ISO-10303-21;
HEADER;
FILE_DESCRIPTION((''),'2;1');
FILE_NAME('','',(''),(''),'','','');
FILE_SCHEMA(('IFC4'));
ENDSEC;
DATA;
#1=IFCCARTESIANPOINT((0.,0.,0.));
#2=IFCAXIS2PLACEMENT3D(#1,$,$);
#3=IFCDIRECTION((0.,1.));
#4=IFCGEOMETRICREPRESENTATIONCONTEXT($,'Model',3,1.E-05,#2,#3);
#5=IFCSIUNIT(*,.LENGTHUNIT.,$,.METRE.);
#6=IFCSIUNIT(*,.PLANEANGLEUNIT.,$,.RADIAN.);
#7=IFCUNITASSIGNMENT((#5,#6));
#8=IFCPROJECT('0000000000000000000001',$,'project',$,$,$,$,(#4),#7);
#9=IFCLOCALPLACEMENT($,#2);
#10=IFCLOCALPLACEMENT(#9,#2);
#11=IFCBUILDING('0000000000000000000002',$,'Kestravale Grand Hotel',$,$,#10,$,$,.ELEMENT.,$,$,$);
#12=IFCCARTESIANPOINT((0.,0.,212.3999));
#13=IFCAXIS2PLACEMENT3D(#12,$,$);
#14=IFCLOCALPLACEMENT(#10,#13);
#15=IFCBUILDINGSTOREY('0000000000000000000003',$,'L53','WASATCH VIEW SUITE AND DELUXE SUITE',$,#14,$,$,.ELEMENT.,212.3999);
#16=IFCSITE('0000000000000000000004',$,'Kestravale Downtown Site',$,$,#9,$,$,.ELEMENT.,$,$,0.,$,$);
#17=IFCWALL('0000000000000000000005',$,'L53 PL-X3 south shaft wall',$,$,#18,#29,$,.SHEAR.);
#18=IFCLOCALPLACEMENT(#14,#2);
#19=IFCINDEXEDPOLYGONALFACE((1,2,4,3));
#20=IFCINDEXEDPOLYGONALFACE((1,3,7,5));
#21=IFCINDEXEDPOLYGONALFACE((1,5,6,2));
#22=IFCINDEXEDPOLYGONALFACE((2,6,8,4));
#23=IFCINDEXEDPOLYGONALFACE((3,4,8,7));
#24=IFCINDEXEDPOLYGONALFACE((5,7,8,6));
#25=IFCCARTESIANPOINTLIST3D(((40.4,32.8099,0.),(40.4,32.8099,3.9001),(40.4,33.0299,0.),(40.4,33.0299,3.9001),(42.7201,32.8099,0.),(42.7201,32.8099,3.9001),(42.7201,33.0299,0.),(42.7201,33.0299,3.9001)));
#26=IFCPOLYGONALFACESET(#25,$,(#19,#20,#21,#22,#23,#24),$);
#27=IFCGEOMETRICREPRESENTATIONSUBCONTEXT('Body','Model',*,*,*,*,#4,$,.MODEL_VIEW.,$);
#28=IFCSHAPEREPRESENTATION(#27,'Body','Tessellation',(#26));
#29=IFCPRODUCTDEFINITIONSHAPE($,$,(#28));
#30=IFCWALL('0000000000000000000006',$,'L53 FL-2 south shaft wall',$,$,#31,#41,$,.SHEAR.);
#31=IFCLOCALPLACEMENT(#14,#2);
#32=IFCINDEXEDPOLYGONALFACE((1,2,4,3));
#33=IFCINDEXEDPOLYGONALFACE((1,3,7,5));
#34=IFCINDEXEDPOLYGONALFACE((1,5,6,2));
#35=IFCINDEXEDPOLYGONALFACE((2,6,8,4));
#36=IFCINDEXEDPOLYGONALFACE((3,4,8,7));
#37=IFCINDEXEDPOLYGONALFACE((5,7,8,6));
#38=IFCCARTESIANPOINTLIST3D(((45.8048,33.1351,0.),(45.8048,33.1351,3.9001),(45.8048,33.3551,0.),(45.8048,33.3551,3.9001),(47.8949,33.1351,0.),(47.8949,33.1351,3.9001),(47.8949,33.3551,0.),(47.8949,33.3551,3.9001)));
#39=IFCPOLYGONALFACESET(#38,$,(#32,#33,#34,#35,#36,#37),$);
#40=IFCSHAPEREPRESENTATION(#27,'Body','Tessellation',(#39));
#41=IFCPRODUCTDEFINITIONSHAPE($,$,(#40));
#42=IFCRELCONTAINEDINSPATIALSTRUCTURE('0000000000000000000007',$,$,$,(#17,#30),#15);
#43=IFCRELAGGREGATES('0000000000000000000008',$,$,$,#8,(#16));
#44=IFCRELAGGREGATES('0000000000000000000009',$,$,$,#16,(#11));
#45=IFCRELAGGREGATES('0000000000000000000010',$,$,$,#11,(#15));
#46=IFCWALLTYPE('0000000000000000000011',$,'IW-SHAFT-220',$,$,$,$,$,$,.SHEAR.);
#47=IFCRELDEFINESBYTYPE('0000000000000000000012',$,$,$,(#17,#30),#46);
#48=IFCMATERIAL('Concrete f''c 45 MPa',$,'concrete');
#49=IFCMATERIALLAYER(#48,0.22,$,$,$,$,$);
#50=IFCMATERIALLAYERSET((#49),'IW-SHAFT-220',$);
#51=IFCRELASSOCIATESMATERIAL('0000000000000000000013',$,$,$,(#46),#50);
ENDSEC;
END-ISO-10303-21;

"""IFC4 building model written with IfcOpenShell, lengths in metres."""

from ifc_helpers import new_model, si_unit, direction, frame, frame_2d, origin, place, context, subcontext, project, spatial, rectangle, extrude, material, layer, layer_set, type_object, element, save


model = new_model("IFC4")

# Units and contexts
model_context = context("Model", 3, precision=1e-05, world=origin(), true_north=direction((0.0, 1.0)))
body_context = subcontext(model_context, "Body", "Model", "MODEL_VIEW")
ifc_project = project(units=[si_unit("LENGTHUNIT", "METRE"), si_unit("PLANEANGLEUNIT", "RADIAN")], contexts=[model_context])

# Site, building, storey
site_placement = place(None, origin())
site = spatial("IfcSite", under=ifc_project, at=site_placement, Name="Kestravale Downtown Site", CompositionType="ELEMENT", RefElevation=0.0)
building_placement = place(site_placement, origin())
building = spatial("IfcBuilding", under=site, at=building_placement, Name="Kestravale Grand Hotel", CompositionType="ELEMENT")
storey_placement = place(building_placement, frame((0.0, 0.0, 212.3999)))
storey = spatial("IfcBuildingStorey", under=building, at=storey_placement, Name="L53", Description="WASATCH VIEW SUITE AND DELUXE SUITE", CompositionType="ELEMENT", Elevation=212.3999)

# Wall
ifc_material_1 = material(Name="Concrete f'c 45 MPa", Category="concrete")
ifc_layer_1 = layer(ifc_material_1, 0.22)
ifc_layer_set_1 = layer_set([ifc_layer_1], Name="IW-SHAFT-220")
wall_type_1 = type_object("IfcWallType", Name="IW-SHAFT-220", PredefinedType="SHEAR", material=ifc_layer_set_1)
for number, where, z_axis, x_axis, name in (
    (1, (40.3999, 32.9199, 0.0), (0.0, 0.0, 1.0), (1.0, 0.0, 0.0), "L53 PL-X3 south shaft wall"),
):
    element("IfcWall", number, at=place(storey_placement, frame(where, z_axis=z_axis, x_axis=x_axis)), inside=storey, type_object=wall_type_1, Name=name, PredefinedType="SHEAR", context=body_context, shape_type="SweptSolid", body=[
        extrude(rectangle(XDim=2.3201, YDim=0.22, at=frame_2d((1.1602, 0.0))), origin(), (0.0, 0.0, 1.0), 3.9001),
    ])

# Wall
wall_1_placement = place(storey_placement, frame((45.8049, 33.2451, 0.0), z_axis=(0.0, 0.0, 1.0), x_axis=(1.0, 0.0, 0.0)))
element("IfcWall", 2, at=wall_1_placement, inside=storey, type_object=wall_type_1, Name="L53 FL-2 south shaft wall", PredefinedType="SHEAR", context=body_context, shape_type="SweptSolid", body=[
    extrude(rectangle(XDim=2.0901, YDim=0.22, at=frame_2d((1.0449, 0.0))), origin(), (0.0, 0.0, 1.0), 3.9001),
])

save(model, "model.ifc")
